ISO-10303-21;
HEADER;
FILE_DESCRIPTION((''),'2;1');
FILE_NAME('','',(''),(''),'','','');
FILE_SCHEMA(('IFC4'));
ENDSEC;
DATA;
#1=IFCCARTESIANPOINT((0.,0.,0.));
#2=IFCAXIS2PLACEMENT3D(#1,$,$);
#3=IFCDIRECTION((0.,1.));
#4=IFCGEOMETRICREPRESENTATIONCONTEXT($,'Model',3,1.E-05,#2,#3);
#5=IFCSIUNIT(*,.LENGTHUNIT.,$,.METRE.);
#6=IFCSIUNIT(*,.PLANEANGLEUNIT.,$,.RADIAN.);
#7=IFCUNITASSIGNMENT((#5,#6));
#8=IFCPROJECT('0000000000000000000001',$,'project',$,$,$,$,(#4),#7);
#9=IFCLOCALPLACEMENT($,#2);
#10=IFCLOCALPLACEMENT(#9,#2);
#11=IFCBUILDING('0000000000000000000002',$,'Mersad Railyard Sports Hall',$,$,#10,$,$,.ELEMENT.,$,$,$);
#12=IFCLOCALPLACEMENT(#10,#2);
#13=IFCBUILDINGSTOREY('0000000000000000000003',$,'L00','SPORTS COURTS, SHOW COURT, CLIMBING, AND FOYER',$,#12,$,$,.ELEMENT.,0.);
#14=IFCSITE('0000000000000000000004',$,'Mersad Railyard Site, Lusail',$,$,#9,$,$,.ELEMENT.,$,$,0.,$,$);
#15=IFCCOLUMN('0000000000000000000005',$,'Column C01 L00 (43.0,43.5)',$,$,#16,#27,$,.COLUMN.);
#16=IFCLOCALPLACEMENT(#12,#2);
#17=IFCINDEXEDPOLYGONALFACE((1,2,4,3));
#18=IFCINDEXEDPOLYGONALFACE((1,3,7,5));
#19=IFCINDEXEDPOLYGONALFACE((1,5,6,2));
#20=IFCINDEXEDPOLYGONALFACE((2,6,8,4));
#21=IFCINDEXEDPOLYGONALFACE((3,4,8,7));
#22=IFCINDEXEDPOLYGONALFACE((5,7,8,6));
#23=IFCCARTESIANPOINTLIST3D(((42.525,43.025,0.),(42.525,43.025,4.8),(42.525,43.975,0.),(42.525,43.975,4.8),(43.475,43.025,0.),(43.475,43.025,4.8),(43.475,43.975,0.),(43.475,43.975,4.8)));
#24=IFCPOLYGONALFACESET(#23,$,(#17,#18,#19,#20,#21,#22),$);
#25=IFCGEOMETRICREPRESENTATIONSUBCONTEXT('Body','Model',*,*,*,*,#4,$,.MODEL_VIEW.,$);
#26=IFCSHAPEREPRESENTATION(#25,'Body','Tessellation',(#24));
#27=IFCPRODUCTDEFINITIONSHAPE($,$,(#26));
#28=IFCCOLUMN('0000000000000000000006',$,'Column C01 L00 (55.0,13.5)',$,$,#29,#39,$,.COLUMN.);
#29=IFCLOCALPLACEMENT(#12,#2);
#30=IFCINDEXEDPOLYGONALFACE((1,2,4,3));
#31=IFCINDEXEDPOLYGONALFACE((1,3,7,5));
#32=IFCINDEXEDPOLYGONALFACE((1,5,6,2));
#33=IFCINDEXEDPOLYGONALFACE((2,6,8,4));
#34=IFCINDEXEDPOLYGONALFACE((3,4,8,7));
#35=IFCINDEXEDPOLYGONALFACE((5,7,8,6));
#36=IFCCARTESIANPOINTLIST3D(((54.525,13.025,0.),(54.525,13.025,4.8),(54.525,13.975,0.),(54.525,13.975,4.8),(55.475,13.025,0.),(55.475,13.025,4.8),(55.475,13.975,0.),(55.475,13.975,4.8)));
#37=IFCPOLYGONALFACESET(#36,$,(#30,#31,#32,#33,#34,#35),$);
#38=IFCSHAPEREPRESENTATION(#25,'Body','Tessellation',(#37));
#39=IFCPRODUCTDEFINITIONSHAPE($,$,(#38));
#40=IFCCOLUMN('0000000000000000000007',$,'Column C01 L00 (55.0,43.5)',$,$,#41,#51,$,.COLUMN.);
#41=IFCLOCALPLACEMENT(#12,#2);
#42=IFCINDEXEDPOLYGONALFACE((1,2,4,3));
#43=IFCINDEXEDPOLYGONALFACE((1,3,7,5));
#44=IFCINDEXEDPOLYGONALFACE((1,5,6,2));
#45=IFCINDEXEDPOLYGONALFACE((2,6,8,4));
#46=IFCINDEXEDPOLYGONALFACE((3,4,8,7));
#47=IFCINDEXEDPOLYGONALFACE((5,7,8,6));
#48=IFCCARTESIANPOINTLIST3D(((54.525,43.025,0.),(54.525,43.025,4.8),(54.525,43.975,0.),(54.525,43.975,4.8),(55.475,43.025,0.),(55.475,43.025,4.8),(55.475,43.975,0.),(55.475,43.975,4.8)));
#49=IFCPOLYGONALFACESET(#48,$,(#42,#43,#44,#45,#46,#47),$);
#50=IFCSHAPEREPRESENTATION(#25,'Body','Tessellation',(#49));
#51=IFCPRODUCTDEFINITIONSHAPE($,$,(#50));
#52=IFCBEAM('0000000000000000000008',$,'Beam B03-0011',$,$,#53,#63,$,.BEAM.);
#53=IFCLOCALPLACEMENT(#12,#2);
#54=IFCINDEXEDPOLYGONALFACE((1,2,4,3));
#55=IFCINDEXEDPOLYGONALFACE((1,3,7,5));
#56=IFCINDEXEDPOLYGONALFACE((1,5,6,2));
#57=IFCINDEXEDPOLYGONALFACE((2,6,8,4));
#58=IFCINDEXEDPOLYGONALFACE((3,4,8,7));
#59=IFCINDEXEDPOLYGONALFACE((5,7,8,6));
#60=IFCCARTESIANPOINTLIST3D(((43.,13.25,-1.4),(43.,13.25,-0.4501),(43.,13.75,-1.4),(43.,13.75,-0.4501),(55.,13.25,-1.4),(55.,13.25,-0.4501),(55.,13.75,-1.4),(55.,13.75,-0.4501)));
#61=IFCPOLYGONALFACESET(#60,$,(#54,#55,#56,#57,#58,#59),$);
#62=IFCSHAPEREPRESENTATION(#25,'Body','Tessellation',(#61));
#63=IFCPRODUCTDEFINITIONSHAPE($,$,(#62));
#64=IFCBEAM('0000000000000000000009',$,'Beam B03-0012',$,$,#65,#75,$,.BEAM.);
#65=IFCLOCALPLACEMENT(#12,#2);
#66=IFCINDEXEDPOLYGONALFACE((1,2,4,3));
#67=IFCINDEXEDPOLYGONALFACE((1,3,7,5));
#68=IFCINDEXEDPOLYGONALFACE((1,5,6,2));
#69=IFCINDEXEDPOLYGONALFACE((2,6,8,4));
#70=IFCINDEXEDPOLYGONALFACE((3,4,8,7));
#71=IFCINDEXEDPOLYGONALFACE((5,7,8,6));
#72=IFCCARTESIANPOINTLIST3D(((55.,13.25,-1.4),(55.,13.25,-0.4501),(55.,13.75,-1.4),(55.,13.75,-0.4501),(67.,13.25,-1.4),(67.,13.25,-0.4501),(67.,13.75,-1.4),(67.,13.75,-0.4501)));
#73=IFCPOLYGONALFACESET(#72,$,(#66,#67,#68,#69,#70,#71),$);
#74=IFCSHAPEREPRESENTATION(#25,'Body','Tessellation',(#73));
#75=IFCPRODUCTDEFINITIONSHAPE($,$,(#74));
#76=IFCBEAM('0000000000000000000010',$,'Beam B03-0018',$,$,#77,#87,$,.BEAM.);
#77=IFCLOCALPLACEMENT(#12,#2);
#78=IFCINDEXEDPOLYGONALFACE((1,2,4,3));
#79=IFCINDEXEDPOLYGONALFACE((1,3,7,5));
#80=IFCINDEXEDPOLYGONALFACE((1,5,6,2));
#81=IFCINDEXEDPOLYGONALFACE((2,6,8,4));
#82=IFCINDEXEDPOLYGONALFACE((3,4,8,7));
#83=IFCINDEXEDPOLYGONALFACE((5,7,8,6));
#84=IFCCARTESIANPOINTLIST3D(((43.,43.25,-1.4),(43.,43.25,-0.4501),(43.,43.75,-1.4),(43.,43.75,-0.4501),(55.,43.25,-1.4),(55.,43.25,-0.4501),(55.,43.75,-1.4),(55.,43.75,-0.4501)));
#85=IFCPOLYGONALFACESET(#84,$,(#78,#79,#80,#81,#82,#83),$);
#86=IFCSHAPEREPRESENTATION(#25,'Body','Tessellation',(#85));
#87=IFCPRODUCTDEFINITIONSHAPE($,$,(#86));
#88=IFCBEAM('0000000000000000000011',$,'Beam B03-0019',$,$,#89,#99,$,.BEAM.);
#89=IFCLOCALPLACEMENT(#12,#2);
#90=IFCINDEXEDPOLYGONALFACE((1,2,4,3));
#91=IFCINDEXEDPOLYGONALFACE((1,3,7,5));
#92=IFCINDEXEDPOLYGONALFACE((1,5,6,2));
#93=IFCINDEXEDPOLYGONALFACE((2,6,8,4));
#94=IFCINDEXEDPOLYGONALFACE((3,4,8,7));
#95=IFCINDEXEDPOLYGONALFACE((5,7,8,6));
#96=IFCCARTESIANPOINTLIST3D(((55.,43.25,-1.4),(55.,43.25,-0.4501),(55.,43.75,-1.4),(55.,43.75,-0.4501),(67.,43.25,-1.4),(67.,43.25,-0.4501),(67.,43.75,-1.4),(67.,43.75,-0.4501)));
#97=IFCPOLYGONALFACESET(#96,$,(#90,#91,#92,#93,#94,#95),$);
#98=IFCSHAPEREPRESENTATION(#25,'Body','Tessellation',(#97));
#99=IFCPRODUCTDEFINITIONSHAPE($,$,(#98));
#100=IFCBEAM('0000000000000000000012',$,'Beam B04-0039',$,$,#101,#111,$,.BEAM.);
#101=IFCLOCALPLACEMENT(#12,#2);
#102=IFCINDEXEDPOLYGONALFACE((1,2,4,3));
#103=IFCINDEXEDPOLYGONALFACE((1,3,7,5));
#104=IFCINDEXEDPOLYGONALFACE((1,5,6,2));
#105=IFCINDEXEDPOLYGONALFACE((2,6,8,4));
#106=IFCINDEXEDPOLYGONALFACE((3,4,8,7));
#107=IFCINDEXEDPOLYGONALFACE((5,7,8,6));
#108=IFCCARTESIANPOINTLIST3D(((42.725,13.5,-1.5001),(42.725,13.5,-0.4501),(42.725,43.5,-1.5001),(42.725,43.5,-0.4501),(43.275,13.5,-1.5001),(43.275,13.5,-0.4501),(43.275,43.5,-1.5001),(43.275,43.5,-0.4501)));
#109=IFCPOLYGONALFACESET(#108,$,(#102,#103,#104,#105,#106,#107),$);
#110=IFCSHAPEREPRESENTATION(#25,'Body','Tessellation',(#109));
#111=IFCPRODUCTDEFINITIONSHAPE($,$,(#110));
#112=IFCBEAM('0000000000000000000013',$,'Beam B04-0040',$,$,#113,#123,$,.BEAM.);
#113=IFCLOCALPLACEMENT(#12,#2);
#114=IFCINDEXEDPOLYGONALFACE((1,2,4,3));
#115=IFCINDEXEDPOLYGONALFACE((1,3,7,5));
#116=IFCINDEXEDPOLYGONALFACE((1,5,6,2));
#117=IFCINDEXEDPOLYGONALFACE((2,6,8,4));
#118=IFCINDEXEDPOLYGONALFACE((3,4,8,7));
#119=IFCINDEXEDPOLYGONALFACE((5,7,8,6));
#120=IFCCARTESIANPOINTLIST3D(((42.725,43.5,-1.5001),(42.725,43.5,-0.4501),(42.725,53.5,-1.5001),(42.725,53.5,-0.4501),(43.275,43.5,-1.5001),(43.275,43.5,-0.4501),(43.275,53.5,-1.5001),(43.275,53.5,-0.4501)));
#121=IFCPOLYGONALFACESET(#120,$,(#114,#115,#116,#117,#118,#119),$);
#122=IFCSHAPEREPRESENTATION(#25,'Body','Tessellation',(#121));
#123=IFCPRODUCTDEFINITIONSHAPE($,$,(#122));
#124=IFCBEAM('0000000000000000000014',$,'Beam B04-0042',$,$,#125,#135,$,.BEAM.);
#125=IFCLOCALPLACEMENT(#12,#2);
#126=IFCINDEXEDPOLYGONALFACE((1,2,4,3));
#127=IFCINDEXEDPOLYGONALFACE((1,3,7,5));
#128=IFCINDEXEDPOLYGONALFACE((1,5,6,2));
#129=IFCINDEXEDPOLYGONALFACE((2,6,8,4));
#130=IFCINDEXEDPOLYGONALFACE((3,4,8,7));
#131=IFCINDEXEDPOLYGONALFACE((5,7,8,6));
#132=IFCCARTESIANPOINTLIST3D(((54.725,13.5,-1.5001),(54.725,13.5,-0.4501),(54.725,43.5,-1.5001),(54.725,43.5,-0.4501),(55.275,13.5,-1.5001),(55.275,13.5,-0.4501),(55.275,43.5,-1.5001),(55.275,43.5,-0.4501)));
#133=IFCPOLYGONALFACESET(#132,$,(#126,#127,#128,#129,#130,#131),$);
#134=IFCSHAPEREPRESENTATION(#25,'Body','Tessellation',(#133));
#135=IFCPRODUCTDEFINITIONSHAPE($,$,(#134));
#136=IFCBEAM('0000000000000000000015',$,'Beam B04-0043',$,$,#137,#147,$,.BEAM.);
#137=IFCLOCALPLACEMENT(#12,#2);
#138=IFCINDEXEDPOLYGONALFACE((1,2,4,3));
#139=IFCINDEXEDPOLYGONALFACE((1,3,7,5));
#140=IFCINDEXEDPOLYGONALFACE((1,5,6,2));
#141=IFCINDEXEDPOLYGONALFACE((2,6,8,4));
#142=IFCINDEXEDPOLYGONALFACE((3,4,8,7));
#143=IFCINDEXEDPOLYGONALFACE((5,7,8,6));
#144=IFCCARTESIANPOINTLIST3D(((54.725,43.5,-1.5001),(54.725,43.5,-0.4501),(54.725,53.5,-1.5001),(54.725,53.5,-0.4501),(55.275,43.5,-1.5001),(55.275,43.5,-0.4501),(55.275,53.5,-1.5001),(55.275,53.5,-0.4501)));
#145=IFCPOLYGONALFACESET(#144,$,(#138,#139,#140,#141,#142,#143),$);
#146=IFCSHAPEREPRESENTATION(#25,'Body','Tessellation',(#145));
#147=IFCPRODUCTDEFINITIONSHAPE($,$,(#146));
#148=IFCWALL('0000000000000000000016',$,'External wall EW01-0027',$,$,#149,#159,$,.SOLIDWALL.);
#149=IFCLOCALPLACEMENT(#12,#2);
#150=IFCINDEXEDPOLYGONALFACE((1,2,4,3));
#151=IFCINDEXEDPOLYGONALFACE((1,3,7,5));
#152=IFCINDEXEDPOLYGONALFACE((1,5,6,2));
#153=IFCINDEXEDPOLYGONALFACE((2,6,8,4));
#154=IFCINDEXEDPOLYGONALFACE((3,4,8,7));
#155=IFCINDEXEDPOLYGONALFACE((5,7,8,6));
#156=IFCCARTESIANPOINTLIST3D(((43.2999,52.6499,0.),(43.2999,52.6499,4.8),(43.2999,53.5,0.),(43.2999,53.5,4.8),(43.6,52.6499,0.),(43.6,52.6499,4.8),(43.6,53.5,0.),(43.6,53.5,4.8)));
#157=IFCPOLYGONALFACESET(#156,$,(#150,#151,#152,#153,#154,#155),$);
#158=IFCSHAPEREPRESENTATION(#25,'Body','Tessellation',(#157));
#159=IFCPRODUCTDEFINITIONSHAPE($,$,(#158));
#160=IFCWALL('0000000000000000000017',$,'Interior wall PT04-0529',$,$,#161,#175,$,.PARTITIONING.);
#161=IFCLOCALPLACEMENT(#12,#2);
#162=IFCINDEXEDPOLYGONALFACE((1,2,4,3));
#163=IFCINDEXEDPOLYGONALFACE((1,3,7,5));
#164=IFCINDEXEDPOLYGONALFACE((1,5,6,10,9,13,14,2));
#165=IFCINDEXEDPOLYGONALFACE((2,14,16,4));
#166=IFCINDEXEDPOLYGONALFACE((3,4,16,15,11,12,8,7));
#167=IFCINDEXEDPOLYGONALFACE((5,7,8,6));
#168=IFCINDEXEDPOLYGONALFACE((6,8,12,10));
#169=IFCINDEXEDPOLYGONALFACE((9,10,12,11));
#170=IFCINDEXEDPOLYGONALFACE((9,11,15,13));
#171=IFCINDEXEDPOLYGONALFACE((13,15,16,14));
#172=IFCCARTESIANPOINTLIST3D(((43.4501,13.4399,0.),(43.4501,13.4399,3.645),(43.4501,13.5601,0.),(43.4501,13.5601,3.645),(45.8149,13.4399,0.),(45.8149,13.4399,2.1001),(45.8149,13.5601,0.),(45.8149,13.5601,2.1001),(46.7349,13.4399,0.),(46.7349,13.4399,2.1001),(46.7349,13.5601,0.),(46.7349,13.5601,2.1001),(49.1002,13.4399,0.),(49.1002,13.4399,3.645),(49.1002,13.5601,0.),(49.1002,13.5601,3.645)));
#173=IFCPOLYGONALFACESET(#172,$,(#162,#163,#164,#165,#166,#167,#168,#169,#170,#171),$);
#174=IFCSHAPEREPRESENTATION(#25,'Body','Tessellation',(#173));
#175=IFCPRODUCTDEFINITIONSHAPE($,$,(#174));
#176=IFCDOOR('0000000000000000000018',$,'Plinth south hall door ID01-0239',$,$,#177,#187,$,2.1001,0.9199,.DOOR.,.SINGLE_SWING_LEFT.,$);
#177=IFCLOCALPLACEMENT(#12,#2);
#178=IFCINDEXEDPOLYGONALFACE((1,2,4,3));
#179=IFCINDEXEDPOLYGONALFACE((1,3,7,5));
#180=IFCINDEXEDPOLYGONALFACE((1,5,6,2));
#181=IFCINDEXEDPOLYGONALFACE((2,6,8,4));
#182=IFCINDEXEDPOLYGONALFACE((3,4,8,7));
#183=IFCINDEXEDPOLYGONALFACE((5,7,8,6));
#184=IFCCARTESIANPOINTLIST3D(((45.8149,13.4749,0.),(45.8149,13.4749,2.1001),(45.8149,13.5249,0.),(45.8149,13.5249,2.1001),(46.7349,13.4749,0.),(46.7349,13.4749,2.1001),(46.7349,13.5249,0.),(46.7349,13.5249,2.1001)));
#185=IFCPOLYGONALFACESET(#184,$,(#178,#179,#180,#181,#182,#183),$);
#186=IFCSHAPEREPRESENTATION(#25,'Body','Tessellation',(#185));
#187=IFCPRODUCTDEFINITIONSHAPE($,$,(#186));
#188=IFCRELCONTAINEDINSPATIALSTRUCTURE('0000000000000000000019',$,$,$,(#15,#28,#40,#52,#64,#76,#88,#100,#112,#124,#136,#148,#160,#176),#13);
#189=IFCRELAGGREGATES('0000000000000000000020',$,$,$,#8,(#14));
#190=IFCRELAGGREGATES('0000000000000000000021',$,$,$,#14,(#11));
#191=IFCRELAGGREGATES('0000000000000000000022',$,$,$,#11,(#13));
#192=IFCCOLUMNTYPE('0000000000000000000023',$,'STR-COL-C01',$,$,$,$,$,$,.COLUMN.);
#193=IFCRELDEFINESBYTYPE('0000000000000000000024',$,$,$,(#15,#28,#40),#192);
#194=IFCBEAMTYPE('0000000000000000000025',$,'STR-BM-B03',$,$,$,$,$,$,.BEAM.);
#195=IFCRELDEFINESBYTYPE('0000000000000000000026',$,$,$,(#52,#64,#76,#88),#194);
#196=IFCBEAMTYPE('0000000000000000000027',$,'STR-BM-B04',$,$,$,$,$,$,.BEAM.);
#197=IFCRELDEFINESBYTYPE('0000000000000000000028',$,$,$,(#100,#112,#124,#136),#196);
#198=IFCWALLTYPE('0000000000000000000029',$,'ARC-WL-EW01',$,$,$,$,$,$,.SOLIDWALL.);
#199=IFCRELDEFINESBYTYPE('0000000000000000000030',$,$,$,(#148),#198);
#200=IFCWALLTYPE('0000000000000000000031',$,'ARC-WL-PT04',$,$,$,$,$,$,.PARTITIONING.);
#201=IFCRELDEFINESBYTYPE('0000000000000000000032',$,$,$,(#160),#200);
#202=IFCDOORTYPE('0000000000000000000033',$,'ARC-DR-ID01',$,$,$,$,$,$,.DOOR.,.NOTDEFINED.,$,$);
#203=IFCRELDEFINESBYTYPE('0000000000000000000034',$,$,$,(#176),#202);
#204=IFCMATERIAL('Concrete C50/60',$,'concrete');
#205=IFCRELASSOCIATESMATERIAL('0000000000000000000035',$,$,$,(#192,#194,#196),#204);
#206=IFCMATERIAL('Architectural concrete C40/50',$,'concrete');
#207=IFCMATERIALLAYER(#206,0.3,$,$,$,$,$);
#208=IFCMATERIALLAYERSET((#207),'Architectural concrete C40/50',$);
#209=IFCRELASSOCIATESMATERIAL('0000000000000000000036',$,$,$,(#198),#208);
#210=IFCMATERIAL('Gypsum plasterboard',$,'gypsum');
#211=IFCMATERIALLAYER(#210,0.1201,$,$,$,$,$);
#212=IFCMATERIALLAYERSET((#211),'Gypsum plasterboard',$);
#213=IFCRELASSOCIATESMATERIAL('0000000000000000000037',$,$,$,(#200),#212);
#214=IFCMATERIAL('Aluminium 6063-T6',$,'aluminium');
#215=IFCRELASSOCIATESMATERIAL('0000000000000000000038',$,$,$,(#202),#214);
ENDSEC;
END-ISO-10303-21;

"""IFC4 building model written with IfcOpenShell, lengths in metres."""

from ifc_helpers import new_model, si_unit, direction, frame, frame_2d, origin, origin_2d, place, context, subcontext, project, spatial, rectangle, extrude, material, layer, layer_set, material_profile, profile_set, type_object, element, fill, save


model = new_model("IFC4")

# Units and contexts
model_context = context("Model", 3, precision=1e-05, world=origin(), true_north=direction((0.0, 1.0)))
body_context = subcontext(model_context, "Body", "Model", "MODEL_VIEW")
ifc_project = project(units=[si_unit("LENGTHUNIT", "METRE"), si_unit("PLANEANGLEUNIT", "RADIAN")], contexts=[model_context])

# Site, building, storey
site_placement = place(None, origin())
site = spatial("IfcSite", under=ifc_project, at=site_placement, Name="Mersad Railyard Site, Lusail", CompositionType="ELEMENT", RefElevation=0.0)
building_placement = place(site_placement, origin())
building = spatial("IfcBuilding", under=site, at=building_placement, Name="Mersad Railyard Sports Hall", CompositionType="ELEMENT")
storey_placement = place(building_placement, origin())
storey = spatial("IfcBuildingStorey", under=building, at=storey_placement, Name="L00", Description="SPORTS COURTS, SHOW COURT, CLIMBING, AND FOYER", CompositionType="ELEMENT", Elevation=0.0)

# Columns
ifc_material_1 = material(Name="Concrete C50/60", Category="concrete")
ifc_material_profile_1 = material_profile(ifc_material_1, rectangle(XDim=0.95, YDim=0.95, at=origin_2d()), Name="RC 950x950")
ifc_profile_set_1 = profile_set([ifc_material_profile_1], Name="Concrete C50/60")
column_type = type_object("IfcColumnType", Name="STR-COL-C01", PredefinedType="COLUMN", material=ifc_profile_set_1)
for number, where, z_axis, x_axis, name in (
    (1, (43.0, 43.5, 0.0), (0.0, 0.0, 1.0), (1.0, 0.0, 0.0), "Column C01 L00 (43.0,43.5)"),
    (2, (55.0, 13.5, 0.0), (0.0, 0.0, 1.0), (1.0, 0.0, 0.0), "Column C01 L00 (55.0,13.5)"),
    (3, (55.0, 43.5, 0.0), (0.0, 0.0, 1.0), (1.0, 0.0, 0.0), "Column C01 L00 (55.0,43.5)"),
):
    element("IfcColumn", number, at=place(storey_placement, frame(where, z_axis=z_axis, x_axis=x_axis)), inside=storey, type_object=column_type, Name=name, PredefinedType="COLUMN", context=body_context, shape_type="SweptSolid", body=[
        extrude(rectangle(XDim=0.95, YDim=0.95, at=origin_2d()), origin(), (0.0, 0.0, 1.0), 4.8),
    ])

# Beams
ifc_material_profile_2 = material_profile(ifc_material_1, rectangle(XDim=0.5, YDim=0.95, at=origin_2d()), Name="RC 500x950")
ifc_profile_set_2 = profile_set([ifc_material_profile_2], Name="Concrete C50/60")
beam_type_1 = type_object("IfcBeamType", Name="STR-BM-B03", PredefinedType="BEAM", material=ifc_profile_set_2)
for number, where, z_axis, x_axis, name in (
    (4, (43.0, 13.5, -0.925), (1.0, 0.0, 0.0), (0.0, 1.0, 0.0), "Beam B03-0011"),
    (5, (55.0, 13.5, -0.925), (1.0, 0.0, 0.0), (0.0, 1.0, 0.0), "Beam B03-0012"),
    (6, (43.0, 43.5, -0.925), (1.0, 0.0, 0.0), (0.0, 1.0, 0.0), "Beam B03-0018"),
    (7, (55.0, 43.5, -0.925), (1.0, 0.0, 0.0), (0.0, 1.0, 0.0), "Beam B03-0019"),
):
    element("IfcBeam", number, at=place(storey_placement, frame(where, z_axis=z_axis, x_axis=x_axis)), inside=storey, type_object=beam_type_1, Name=name, PredefinedType="BEAM", context=body_context, shape_type="SweptSolid", body=[
        extrude(rectangle(XDim=0.5, YDim=0.95, at=origin_2d()), origin(), (0.0, 0.0, 1.0), 12.0),
    ])
ifc_material_profile_3 = material_profile(ifc_material_1, rectangle(XDim=0.55, YDim=1.05, at=origin_2d()), Name="RC 550x1050")
ifc_profile_set_3 = profile_set([ifc_material_profile_3], Name="Concrete C50/60")
beam_type_2 = type_object("IfcBeamType", Name="STR-BM-B04", PredefinedType="BEAM", material=ifc_profile_set_3)
beam_1_placement = place(storey_placement, frame((43.0, 13.5, -0.9751), z_axis=(0.0, 1.0, 0.0), x_axis=(-1.0, 0.0, 0.0)))
element("IfcBeam", 8, at=beam_1_placement, inside=storey, type_object=beam_type_2, Name="Beam B04-0039", PredefinedType="BEAM", context=body_context, shape_type="SweptSolid", body=[
    extrude(rectangle(XDim=0.55, YDim=1.05, at=origin_2d()), origin(), (0.0, 0.0, 1.0), 30.0),
])
beam_2_placement = place(storey_placement, frame((43.0, 43.5, -0.9751), z_axis=(0.0, 1.0, 0.0), x_axis=(-1.0, 0.0, 0.0)))
element("IfcBeam", 9, at=beam_2_placement, inside=storey, type_object=beam_type_2, Name="Beam B04-0040", PredefinedType="BEAM", context=body_context, shape_type="SweptSolid", body=[
    extrude(rectangle(XDim=0.55, YDim=1.05, at=origin_2d()), origin(), (0.0, 0.0, 1.0), 10.0),
])
beam_3_placement = place(storey_placement, frame((55.0, 13.5, -0.9751), z_axis=(0.0, 1.0, 0.0), x_axis=(-1.0, 0.0, 0.0)))
element("IfcBeam", 10, at=beam_3_placement, inside=storey, type_object=beam_type_2, Name="Beam B04-0042", PredefinedType="BEAM", context=body_context, shape_type="SweptSolid", body=[
    extrude(rectangle(XDim=0.55, YDim=1.05, at=origin_2d()), origin(), (0.0, 0.0, 1.0), 30.0),
])
beam_4_placement = place(storey_placement, frame((55.0, 43.5, -0.9751), z_axis=(0.0, 1.0, 0.0), x_axis=(-1.0, 0.0, 0.0)))
element("IfcBeam", 11, at=beam_4_placement, inside=storey, type_object=beam_type_2, Name="Beam B04-0043", PredefinedType="BEAM", context=body_context, shape_type="SweptSolid", body=[
    extrude(rectangle(XDim=0.55, YDim=1.05, at=origin_2d()), origin(), (0.0, 0.0, 1.0), 10.0),
])

# Wall
ifc_material_2 = material(Name="Architectural concrete C40/50", Category="concrete")
ifc_layer_1 = layer(ifc_material_2, 0.3)
ifc_layer_set_1 = layer_set([ifc_layer_1], Name="Architectural concrete C40/50")
wall_type_1 = type_object("IfcWallType", Name="ARC-WL-EW01", PredefinedType="SOLIDWALL", material=ifc_layer_set_1)
wall_1_placement = place(storey_placement, frame((43.45, 52.6499, 0.0), z_axis=(0.0, 0.0, 1.0), x_axis=(0.0, 1.0, 0.0)))
element("IfcWall", 12, at=wall_1_placement, inside=storey, type_object=wall_type_1, Name="External wall EW01-0027", PredefinedType="SOLIDWALL", context=body_context, shape_type="SweptSolid", body=[
    extrude(rectangle(XDim=0.8501, YDim=0.3, at=frame_2d((0.425, 0.0))), origin(), (0.0, 0.0, 1.0), 4.8),
])

# Wall, opening, door
ifc_material_3 = material(Name="Gypsum plasterboard", Category="gypsum")
ifc_layer_2 = layer(ifc_material_3, 0.1201)
ifc_layer_set_2 = layer_set([ifc_layer_2], Name="Gypsum plasterboard")
wall_type_2 = type_object("IfcWallType", Name="ARC-WL-PT04", PredefinedType="PARTITIONING", material=ifc_layer_set_2)
wall_2_placement = place(storey_placement, frame((43.45, 13.5, 0.0), z_axis=(0.0, 0.0, 1.0), x_axis=(1.0, 0.0, 0.0)))
wall_2 = element("IfcWall", 13, at=wall_2_placement, inside=storey, type_object=wall_type_2, Name="Interior wall PT04-0529", PredefinedType="PARTITIONING", context=body_context, shape_type="SweptSolid", body=[
    extrude(rectangle(XDim=5.6501, YDim=0.1201, at=frame_2d((2.8252, 0.0))), origin(), (0.0, 0.0, 1.0), 3.645),
])
opening_1_placement = place(wall_2_placement, frame((2.365, 0.0, 0.0)))
opening_1 = element("IfcOpeningElement", 14, at=opening_1_placement, cuts=wall_2, PredefinedType="OPENING", context=body_context, shape_type="SweptSolid", body=[
    extrude(rectangle(XDim=0.9199, YDim=2.1001, at=frame_2d((0.46, 1.05))), frame((0.0, 0.0701, 0.0), z_axis=(0.0, -1.0, 0.0), x_axis=(1.0, 0.0, 0.0)), (0.0, 0.0, 1.0), 0.1401),
])
ifc_material_4 = material(Name="Aluminium 6063-T6", Category="aluminium")
door_type_1 = type_object("IfcDoorType", Name="ARC-DR-ID01", OperationType="NOTDEFINED", PredefinedType="DOOR", material=ifc_material_4)
door_1_placement = place(opening_1_placement, origin())
door_1 = element("IfcDoor", 15, at=door_1_placement, inside=storey, type_object=door_type_1, Name="Plinth south hall door ID01-0239", OperationType="SINGLE_SWING_LEFT", OverallHeight=2.1001, OverallWidth=0.9199, PredefinedType="DOOR", context=body_context, shape_type="SweptSolid", body=[
    extrude(rectangle(XDim=0.9199, YDim=2.1001, at=frame_2d((0.46, 1.05))), frame((0.0, 0.0249, 0.0), z_axis=(0.0, -1.0, 0.0), x_axis=(1.0, 0.0, 0.0)), (0.0, 0.0, 1.0), 0.05),
])
fill(opening_1, door_1)

save(model, "model.ifc")
